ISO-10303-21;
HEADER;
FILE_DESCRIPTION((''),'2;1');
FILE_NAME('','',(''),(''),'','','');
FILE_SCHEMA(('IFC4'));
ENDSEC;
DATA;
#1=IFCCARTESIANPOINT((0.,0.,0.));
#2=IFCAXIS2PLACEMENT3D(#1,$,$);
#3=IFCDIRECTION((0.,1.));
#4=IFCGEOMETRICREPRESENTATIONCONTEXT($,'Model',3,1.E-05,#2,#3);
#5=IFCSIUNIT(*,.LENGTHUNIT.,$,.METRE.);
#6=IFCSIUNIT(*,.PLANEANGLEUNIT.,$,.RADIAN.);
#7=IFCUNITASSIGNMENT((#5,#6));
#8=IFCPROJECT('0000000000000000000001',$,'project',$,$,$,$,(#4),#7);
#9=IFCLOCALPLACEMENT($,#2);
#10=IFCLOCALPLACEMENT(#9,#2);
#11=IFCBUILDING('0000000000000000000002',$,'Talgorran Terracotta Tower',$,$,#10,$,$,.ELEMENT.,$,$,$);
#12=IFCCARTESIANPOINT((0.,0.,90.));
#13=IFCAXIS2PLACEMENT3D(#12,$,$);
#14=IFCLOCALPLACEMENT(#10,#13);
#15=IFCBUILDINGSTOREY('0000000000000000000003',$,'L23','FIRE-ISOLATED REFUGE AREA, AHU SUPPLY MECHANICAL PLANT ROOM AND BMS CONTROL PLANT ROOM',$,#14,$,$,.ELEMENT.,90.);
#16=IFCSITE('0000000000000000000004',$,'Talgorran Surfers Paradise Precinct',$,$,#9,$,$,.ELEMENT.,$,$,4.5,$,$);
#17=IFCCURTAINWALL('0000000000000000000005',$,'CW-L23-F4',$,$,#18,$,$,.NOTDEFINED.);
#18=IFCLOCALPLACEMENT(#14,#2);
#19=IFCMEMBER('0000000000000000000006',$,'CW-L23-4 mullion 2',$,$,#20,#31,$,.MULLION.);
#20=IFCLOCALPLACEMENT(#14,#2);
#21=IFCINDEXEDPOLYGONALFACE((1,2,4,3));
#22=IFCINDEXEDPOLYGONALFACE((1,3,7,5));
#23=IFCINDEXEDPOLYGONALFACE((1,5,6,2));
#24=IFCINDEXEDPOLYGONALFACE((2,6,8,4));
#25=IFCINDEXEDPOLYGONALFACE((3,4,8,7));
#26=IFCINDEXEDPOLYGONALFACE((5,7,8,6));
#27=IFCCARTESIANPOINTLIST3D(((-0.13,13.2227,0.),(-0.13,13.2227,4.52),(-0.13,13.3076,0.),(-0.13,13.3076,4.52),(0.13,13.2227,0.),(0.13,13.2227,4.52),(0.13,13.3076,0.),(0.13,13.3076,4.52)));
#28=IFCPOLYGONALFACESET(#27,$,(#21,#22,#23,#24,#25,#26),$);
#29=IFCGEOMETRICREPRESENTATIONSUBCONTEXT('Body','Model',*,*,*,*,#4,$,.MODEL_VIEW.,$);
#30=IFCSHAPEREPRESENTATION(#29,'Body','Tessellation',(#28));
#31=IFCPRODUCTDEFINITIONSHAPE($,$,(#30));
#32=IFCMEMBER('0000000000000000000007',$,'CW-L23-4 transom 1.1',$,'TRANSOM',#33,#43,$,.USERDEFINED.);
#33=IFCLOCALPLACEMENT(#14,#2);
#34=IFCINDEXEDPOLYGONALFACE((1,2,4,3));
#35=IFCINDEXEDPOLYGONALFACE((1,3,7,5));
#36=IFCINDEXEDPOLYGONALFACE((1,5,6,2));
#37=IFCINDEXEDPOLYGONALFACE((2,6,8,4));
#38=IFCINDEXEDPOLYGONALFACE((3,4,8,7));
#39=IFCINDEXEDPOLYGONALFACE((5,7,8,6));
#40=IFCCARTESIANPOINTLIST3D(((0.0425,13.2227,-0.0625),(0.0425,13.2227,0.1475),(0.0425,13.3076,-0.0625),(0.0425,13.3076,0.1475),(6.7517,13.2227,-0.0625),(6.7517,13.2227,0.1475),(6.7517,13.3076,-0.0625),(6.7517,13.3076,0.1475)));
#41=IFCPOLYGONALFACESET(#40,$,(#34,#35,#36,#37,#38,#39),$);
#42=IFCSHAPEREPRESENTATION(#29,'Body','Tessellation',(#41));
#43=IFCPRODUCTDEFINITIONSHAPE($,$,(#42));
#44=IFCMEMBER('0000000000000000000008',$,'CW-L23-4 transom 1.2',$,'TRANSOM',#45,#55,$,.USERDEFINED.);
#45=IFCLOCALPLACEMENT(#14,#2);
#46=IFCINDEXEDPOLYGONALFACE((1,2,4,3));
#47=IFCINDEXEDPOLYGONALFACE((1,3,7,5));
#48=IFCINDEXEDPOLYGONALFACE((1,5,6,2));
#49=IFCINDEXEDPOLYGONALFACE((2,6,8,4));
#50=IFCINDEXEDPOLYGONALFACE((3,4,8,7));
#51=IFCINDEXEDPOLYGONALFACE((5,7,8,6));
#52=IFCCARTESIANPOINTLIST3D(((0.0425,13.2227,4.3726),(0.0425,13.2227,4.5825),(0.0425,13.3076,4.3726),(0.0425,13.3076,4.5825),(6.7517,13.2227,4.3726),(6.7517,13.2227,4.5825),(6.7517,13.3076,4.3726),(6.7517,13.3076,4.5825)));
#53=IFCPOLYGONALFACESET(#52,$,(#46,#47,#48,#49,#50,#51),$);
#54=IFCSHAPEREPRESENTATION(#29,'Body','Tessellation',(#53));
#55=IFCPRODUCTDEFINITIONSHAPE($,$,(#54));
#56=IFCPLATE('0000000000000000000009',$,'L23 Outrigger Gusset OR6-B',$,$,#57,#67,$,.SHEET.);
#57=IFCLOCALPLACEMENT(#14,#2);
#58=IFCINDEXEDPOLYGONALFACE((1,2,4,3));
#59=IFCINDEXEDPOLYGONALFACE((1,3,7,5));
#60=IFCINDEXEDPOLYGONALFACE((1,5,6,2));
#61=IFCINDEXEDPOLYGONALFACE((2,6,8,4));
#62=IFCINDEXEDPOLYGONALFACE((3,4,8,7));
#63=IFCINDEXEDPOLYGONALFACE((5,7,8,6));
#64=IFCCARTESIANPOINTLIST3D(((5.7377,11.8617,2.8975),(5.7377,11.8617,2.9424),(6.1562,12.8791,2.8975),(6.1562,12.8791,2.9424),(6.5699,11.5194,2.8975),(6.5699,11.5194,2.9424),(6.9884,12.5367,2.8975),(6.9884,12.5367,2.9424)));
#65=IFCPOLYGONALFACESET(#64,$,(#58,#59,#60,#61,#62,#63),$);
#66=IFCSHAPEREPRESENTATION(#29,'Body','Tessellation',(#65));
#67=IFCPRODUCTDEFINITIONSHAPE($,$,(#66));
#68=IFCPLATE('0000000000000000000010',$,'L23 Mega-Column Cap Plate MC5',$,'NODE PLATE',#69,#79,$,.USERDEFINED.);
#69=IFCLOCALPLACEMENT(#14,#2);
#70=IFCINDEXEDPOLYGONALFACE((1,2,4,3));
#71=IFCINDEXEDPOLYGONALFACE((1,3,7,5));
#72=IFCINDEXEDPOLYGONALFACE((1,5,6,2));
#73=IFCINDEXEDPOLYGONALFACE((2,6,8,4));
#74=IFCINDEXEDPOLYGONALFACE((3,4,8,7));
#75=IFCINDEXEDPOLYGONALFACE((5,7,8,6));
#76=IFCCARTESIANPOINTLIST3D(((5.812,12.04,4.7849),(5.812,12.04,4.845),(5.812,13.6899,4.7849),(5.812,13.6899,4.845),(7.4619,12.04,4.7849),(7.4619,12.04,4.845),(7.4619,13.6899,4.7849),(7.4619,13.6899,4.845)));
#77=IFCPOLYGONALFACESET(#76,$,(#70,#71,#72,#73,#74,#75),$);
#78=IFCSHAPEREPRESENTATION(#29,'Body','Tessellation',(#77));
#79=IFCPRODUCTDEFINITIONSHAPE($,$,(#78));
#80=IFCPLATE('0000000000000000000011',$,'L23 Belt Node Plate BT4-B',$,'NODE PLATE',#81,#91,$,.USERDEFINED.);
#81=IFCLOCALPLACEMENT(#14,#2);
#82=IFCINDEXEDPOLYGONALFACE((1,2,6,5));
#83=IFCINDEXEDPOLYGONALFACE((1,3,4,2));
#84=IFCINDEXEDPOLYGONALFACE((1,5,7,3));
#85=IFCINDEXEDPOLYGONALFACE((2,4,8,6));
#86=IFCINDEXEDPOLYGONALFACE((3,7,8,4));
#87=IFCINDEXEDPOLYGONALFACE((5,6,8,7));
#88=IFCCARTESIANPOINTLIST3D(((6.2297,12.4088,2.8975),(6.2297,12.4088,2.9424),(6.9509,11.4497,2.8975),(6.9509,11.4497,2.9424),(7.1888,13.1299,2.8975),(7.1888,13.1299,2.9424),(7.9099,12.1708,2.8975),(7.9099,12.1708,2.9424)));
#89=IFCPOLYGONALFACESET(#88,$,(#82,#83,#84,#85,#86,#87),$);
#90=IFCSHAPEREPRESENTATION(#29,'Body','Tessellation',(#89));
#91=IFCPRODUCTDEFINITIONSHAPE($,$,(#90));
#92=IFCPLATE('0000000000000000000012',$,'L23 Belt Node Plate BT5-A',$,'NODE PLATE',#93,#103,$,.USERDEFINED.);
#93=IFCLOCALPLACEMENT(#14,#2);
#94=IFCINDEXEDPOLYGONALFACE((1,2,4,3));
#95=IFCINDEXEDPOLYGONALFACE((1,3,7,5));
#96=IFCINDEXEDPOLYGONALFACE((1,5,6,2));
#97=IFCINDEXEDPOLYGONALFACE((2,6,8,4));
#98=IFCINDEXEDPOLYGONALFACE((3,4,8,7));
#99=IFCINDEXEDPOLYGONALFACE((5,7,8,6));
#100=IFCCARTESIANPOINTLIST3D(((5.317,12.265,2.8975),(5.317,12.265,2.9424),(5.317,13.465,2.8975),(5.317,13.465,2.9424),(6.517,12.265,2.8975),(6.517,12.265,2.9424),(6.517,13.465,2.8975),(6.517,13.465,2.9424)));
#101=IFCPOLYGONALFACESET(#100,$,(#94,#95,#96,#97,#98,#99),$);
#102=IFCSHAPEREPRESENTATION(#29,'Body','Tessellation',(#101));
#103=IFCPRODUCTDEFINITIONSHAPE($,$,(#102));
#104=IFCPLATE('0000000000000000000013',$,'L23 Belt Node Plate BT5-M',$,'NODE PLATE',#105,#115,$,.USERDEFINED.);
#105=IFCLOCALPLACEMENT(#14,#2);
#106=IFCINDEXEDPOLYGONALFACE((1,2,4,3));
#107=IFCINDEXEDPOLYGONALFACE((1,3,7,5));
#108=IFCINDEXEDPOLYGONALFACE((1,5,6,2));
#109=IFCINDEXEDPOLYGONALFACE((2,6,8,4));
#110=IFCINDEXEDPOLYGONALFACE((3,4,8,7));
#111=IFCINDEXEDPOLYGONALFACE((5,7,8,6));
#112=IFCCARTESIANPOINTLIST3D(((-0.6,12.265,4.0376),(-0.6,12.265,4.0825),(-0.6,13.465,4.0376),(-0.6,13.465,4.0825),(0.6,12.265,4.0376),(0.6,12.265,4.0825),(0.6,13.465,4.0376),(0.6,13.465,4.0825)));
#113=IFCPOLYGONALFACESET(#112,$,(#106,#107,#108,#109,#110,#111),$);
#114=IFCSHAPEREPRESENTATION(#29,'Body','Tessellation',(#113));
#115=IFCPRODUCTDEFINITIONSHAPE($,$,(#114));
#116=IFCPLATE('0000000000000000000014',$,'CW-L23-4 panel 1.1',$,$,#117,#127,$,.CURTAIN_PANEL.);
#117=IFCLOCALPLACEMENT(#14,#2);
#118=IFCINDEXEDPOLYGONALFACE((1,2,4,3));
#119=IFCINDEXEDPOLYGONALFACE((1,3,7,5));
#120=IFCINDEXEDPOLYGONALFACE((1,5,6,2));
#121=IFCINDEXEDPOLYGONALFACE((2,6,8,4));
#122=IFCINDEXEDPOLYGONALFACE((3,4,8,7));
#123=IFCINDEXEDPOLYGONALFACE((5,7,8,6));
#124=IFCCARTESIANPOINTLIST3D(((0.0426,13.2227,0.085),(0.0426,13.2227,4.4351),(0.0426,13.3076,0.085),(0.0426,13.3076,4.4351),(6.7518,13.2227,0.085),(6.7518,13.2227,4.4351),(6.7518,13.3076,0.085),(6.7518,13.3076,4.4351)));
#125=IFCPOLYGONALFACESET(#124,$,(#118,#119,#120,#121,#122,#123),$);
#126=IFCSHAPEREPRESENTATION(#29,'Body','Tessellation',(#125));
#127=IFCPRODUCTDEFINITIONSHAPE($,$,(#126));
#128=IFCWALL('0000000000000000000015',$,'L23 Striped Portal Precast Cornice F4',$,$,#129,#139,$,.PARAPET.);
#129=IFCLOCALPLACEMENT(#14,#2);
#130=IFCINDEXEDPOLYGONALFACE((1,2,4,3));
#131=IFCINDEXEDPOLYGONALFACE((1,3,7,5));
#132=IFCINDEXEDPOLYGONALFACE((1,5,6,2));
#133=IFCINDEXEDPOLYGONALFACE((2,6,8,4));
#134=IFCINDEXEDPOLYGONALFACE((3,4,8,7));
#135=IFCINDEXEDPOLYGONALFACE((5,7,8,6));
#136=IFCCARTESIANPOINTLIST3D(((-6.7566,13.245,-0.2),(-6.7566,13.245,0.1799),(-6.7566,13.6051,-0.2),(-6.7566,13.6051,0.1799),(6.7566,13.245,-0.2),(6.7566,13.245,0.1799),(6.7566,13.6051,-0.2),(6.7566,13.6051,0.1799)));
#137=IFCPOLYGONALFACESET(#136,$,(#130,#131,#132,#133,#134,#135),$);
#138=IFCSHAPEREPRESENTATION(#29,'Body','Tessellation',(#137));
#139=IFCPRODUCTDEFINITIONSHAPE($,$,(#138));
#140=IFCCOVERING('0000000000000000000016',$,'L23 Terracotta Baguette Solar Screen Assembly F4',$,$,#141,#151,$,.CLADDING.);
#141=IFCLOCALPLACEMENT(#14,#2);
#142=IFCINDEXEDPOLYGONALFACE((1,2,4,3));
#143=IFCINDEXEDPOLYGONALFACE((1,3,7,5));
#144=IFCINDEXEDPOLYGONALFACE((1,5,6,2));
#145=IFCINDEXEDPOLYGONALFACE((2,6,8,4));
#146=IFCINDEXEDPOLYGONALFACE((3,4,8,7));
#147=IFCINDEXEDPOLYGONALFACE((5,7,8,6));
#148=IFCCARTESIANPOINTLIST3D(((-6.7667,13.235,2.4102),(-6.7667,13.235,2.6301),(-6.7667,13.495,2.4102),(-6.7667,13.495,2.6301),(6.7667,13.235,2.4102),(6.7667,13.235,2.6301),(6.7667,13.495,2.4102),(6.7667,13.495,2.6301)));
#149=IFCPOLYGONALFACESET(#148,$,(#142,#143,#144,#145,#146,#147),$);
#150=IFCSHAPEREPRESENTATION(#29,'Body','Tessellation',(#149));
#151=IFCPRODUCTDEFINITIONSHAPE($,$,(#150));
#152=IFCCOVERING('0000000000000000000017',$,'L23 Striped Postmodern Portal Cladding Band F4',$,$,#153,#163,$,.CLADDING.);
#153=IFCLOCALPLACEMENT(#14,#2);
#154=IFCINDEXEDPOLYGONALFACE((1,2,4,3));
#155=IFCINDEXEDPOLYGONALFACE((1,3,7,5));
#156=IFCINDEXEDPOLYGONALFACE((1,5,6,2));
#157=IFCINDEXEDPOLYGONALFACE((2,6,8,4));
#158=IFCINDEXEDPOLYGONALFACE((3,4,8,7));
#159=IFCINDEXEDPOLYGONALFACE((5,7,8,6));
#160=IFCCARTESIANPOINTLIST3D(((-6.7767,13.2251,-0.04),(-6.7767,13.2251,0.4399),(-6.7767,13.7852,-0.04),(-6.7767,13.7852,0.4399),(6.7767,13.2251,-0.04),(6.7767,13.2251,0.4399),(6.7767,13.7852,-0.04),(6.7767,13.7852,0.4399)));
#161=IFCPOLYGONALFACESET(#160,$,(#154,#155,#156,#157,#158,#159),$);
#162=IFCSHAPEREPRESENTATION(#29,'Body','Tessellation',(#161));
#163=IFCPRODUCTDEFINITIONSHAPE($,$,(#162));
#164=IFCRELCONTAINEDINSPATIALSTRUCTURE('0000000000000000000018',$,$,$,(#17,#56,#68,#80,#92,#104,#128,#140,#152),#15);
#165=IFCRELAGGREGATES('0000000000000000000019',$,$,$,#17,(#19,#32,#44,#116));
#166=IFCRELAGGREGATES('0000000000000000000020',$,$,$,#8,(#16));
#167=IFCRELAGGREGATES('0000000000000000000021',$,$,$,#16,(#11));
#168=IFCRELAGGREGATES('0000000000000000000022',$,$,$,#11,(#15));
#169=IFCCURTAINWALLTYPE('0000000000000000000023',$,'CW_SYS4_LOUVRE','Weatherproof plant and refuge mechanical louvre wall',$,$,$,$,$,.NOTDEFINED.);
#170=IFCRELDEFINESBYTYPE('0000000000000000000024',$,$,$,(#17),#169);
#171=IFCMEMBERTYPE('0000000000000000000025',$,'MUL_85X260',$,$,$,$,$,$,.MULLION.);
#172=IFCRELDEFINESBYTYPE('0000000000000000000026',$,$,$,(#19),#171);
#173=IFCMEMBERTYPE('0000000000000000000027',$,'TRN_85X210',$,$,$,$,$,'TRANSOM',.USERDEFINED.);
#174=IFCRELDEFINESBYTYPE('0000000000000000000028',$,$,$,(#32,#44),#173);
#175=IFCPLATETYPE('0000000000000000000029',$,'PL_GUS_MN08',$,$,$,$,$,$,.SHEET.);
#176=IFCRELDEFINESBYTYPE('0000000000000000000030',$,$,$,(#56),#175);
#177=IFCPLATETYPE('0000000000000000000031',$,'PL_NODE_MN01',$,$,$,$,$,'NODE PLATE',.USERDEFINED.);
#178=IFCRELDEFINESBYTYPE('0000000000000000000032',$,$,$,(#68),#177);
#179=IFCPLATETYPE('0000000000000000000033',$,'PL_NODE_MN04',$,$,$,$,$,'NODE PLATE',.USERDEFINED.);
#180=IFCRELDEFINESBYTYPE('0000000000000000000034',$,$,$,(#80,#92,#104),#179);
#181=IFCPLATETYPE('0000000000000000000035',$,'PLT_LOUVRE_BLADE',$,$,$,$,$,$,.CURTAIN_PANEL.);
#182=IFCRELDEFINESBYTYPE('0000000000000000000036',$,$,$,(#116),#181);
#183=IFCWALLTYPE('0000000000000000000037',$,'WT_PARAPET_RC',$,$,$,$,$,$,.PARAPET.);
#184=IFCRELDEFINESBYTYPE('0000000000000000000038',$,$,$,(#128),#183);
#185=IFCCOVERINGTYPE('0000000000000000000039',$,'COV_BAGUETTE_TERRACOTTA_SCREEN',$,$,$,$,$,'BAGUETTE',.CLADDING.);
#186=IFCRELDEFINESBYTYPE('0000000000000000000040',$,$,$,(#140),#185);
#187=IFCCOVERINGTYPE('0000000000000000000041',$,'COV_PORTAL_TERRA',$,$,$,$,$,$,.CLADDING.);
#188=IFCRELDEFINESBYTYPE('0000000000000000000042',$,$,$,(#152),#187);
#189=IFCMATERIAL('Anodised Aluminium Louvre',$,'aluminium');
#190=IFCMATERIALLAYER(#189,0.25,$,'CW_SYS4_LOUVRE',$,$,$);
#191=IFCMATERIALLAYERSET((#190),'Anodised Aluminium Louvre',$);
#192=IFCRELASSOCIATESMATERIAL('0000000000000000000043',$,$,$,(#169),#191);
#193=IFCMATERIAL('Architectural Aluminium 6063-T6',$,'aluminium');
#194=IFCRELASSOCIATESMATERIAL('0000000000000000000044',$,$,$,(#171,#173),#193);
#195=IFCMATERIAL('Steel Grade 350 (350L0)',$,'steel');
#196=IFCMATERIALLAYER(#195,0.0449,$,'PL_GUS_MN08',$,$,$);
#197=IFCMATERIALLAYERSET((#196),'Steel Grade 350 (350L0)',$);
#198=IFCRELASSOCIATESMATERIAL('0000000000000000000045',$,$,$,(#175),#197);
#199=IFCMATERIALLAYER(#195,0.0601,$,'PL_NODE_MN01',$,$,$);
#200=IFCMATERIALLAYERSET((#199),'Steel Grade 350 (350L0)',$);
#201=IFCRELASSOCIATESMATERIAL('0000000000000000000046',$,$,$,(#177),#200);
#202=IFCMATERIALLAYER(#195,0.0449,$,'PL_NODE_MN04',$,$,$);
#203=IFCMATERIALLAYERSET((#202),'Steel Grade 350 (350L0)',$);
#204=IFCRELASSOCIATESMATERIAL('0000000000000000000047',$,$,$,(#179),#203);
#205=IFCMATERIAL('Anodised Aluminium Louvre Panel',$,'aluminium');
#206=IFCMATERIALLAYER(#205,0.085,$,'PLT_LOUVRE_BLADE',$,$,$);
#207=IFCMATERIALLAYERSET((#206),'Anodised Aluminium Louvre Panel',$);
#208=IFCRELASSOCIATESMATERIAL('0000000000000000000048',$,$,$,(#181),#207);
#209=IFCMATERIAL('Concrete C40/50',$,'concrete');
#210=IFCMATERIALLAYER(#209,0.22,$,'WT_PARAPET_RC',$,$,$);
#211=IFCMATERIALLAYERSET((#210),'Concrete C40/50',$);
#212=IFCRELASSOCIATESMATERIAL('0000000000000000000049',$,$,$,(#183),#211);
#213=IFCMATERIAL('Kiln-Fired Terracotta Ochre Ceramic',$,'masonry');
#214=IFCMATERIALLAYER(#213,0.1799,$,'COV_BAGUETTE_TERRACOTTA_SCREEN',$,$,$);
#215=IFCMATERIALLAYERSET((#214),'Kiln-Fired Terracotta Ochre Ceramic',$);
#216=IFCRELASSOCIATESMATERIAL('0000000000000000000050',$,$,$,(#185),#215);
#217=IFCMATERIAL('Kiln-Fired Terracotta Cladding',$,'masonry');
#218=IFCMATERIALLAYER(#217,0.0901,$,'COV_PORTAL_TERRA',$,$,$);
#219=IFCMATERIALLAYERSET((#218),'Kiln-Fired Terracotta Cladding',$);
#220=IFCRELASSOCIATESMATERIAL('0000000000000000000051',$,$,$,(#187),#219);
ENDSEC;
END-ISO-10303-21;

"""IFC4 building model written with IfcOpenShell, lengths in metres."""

from ifc_helpers import new_model, si_unit, direction, frame, frame_2d, origin, origin_2d, place, context, subcontext, project, spatial, rectangle, extrude, source, transform, mapped, material, layer, layer_set, material_profile, profile_set, type_object, type_shapes, element, aggregate, save


model = new_model("IFC4")

# Units and contexts
model_context = context("Model", 3, precision=1e-05, world=origin(), true_north=direction((0.0, 1.0)))
body_context = subcontext(model_context, "Body", "Model", "MODEL_VIEW")
ifc_project = project(units=[si_unit("LENGTHUNIT", "METRE"), si_unit("PLANEANGLEUNIT", "RADIAN")], contexts=[model_context])

# Site, building, storey
site_placement = place(None, origin())
site = spatial("IfcSite", under=ifc_project, at=site_placement, Name="Talgorran Surfers Paradise Precinct", CompositionType="ELEMENT", RefElevation=4.5)
building_placement = place(site_placement, origin())
building = spatial("IfcBuilding", under=site, at=building_placement, Name="Talgorran Terracotta Tower", CompositionType="ELEMENT")
storey_placement = place(building_placement, frame((0.0, 0.0, 90.0)))
storey = spatial("IfcBuildingStorey", under=building, at=storey_placement, Name="L23", Description="FIRE-ISOLATED REFUGE AREA, AHU SUPPLY MECHANICAL PLANT ROOM AND BMS CONTROL PLANT ROOM", CompositionType="ELEMENT", Elevation=90.0)

# Shared definitions
ifc_material_1 = material(Name="Steel Grade 350 (350L0)", Category="steel")

# Shared definitions
ifc_material_2 = material(Name="Anodised Aluminium Louvre", Category="aluminium")
ifc_layer_1 = layer(ifc_material_2, 0.25, Name="CW_SYS4_LOUVRE")
ifc_layer_set_1 = layer_set([ifc_layer_1], Name="Anodised Aluminium Louvre")
curtain_wall_type = type_object("IfcCurtainWallType", Name="CW_SYS4_LOUVRE", Description="Weatherproof plant and refuge mechanical louvre wall", PredefinedType="NOTDEFINED", material=ifc_layer_set_1)
ifc_material_3 = material(Name="Architectural Aluminium 6063-T6", Category="aluminium")
ifc_material_profile_1 = material_profile(ifc_material_3, rectangle(XDim=0.085, YDim=0.26, at=origin_2d()), Name="CWM85X260")
ifc_profile_set_1 = profile_set([ifc_material_profile_1], Name="Architectural Aluminium 6063-T6")
member_type_1 = type_object("IfcMemberType", Name="MUL_85X260", PredefinedType="MULLION", material=ifc_profile_set_1)

# Curtain wall, members
curtain_wall_1_placement = place(storey_placement, origin())
curtain_wall_1 = element("IfcCurtainWall", 1, at=curtain_wall_1_placement, inside=storey, type_object=curtain_wall_type, Name="CW-L23-F4", PredefinedType="NOTDEFINED")
member_1_placement = place(storey_placement, frame((0.0, 13.2651, 0.0), z_axis=(0.0, 0.0, 1.0), x_axis=(0.0, -1.0, 0.0)))
member_1 = element("IfcMember", 2, at=member_1_placement, type_object=member_type_1, Name="CW-L23-4 mullion 2", PredefinedType="MULLION", context=body_context, shape_type="SweptSolid", body=[
    extrude(rectangle(XDim=0.085, YDim=0.26, at=origin_2d()), origin(), (0.0, 0.0, 1.0), 4.52),
])
ifc_material_profile_2 = material_profile(ifc_material_3, rectangle(XDim=0.085, YDim=0.21, at=origin_2d()), Name="CWT85X210")
ifc_profile_set_2 = profile_set([ifc_material_profile_2], Name="Architectural Aluminium 6063-T6")
member_type_2 = type_object("IfcMemberType", Name="TRN_85X210", ElementType="TRANSOM", PredefinedType="USERDEFINED", material=ifc_profile_set_2)
member_2_placement = place(storey_placement, frame((6.7517, 13.2651, 0.0425), z_axis=(-1.0, 0.0, 0.0), x_axis=(0.0, -1.0, 0.0)))
member_2 = element("IfcMember", 3, at=member_2_placement, type_object=member_type_2, Name="CW-L23-4 transom 1.1", ObjectType="TRANSOM", PredefinedType="USERDEFINED", context=body_context, shape_type="SweptSolid", body=[
    extrude(rectangle(XDim=0.085, YDim=0.21, at=origin_2d()), origin(), (0.0, 0.0, 1.0), 6.7092),
])
member_3_placement = place(storey_placement, frame((6.7517, 13.2651, 4.4775), z_axis=(-1.0, 0.0, 0.0), x_axis=(0.0, -1.0, 0.0)))
member_3 = element("IfcMember", 4, at=member_3_placement, type_object=member_type_2, Name="CW-L23-4 transom 1.2", ObjectType="TRANSOM", PredefinedType="USERDEFINED", context=body_context, shape_type="SweptSolid", body=[
    extrude(rectangle(XDim=0.085, YDim=0.21, at=origin_2d()), origin(), (0.0, 0.0, 1.0), 6.7092),
])

# Plates
ifc_layer_2 = layer(ifc_material_1, 0.0449, Name="PL_GUS_MN08")
ifc_layer_set_2 = layer_set([ifc_layer_2], Name="Steel Grade 350 (350L0)")
plate_type_1 = type_object("IfcPlateType", Name="PL_GUS_MN08", PredefinedType="SHEET", material=ifc_layer_set_2)
plate_1_placement = place(storey_placement, frame((6.363, 12.1992, 2.8975), z_axis=(0.0, 0.0, 1.0), x_axis=(0.380425, 0.924812, 0.0)))
element("IfcPlate", 5, at=plate_1_placement, inside=storey, type_object=plate_type_1, Name="L23 Outrigger Gusset OR6-B", PredefinedType="SHEET", context=body_context, shape_type="SweptSolid", body=[
    extrude(rectangle(XDim=1.1001, YDim=0.8999, at=origin_2d()), origin(), (0.0, 0.0, 1.0), 0.0449),
])
ifc_layer_3 = layer(ifc_material_1, 0.0601, Name="PL_NODE_MN01")
ifc_layer_set_3 = layer_set([ifc_layer_3], Name="Steel Grade 350 (350L0)")
plate_type_2 = type_object("IfcPlateType", Name="PL_NODE_MN01", ElementType="NODE PLATE", PredefinedType="USERDEFINED", material=ifc_layer_set_3)
plate_2_placement = place(storey_placement, frame((6.637, 12.865, 4.7849), z_axis=(0.0, 0.0, 1.0), x_axis=(1.0, 0.0, 0.0)))
element("IfcPlate", 6, at=plate_2_placement, inside=storey, type_object=plate_type_2, Name="L23 Mega-Column Cap Plate MC5", ObjectType="NODE PLATE", PredefinedType="USERDEFINED", context=body_context, shape_type="SweptSolid", body=[
    extrude(rectangle(XDim=1.6499, YDim=1.6499, at=origin_2d()), origin(), (0.0, 0.0, 1.0), 0.0601),
])
ifc_layer_4 = layer(ifc_material_1, 0.0449, Name="PL_NODE_MN04")
ifc_layer_set_4 = layer_set([ifc_layer_4], Name="Steel Grade 350 (350L0)")
plate_type_3 = type_object("IfcPlateType", Name="PL_NODE_MN04", ElementType="NODE PLATE", PredefinedType="USERDEFINED", material=ifc_layer_set_4)
for number, where, z_axis, x_axis, name in (
    (7, (7.0698, 12.2898, 2.8975), (0.0, 0.0, 1.0), (-0.600978, 0.799265, 0.0), "L23 Belt Node Plate BT4-B"),
    (8, (5.917, 12.865, 2.8975), (0.0, 0.0, 1.0), (-1.0, 0.0, 0.0), "L23 Belt Node Plate BT5-A"),
    (9, (0.0, 12.865, 4.0376), (0.0, 0.0, 1.0), (-1.0, 0.0, 0.0), "L23 Belt Node Plate BT5-M"),
):
    element("IfcPlate", number, at=place(storey_placement, frame(where, z_axis=z_axis, x_axis=x_axis)), inside=storey, type_object=plate_type_3, Name=name, ObjectType="NODE PLATE", PredefinedType="USERDEFINED", context=body_context, shape_type="SweptSolid", body=[
        extrude(rectangle(XDim=1.2, YDim=1.2, at=origin_2d()), origin(), (0.0, 0.0, 1.0), 0.0449),
    ])

# Plate
ifc_material_4 = material(Name="Anodised Aluminium Louvre Panel", Category="aluminium")
ifc_layer_5 = layer(ifc_material_4, 0.085, Name="PLT_LOUVRE_BLADE")
ifc_layer_set_5 = layer_set([ifc_layer_5], Name="Anodised Aluminium Louvre Panel")
plate_type_4 = type_object("IfcPlateType", Name="PLT_LOUVRE_BLADE", PredefinedType="CURTAIN_PANEL", material=ifc_layer_set_5)
shared_shape = source(origin(), body_context, "Body", "SweptSolid", [
    extrude(rectangle(XDim=6.7092, YDim=0.085, at=origin_2d()), origin(), (0.0, 0.0, 1.0), 4.3501),
])
type_shapes(plate_type_4, [shared_shape])
plate_3_placement = place(storey_placement, frame((3.3972, 13.2651, 0.085), z_axis=(0.0, 0.0, 1.0), x_axis=(-1.0, 0.0, 0.0)))
plate_3 = element("IfcPlate", 10, at=plate_3_placement, type_object=plate_type_4, Name="CW-L23-4 panel 1.1", PredefinedType="CURTAIN_PANEL", context=body_context, shape_type="MappedRepresentation", body=[
    mapped(shared_shape, transform((0.0, 0.0, 0.0), scale=1.0)),
])
aggregate(curtain_wall_1, [member_1, member_2, member_3, plate_3])

# Wall
ifc_material_5 = material(Name="Concrete C40/50", Category="concrete")
ifc_layer_6 = layer(ifc_material_5, 0.22, Name="WT_PARAPET_RC")
ifc_layer_set_6 = layer_set([ifc_layer_6], Name="Concrete C40/50")
wall_type = type_object("IfcWallType", Name="WT_PARAPET_RC", PredefinedType="PARAPET", material=ifc_layer_set_6)
wall_placement = place(storey_placement, frame((6.7566, 13.425, -0.2), z_axis=(0.0, 0.0, 1.0), x_axis=(-1.0, 0.0, 0.0)))
element("IfcWall", 11, at=wall_placement, inside=storey, type_object=wall_type, Name="L23 Striped Portal Precast Cornice F4", PredefinedType="PARAPET", context=body_context, shape_type="SweptSolid", body=[
    extrude(rectangle(XDim=13.5132, YDim=0.3601, at=frame_2d((6.7566, 0.0))), origin(), (0.0, 0.0, 1.0), 0.3799),
])

# Coverings
ifc_material_6 = material(Name="Kiln-Fired Terracotta Ochre Ceramic", Category="masonry")
ifc_layer_7 = layer(ifc_material_6, 0.1799, Name="COV_BAGUETTE_TERRACOTTA_SCREEN")
ifc_layer_set_7 = layer_set([ifc_layer_7], Name="Kiln-Fired Terracotta Ochre Ceramic")
covering_type_1 = type_object("IfcCoveringType", Name="COV_BAGUETTE_TERRACOTTA_SCREEN", ElementType="BAGUETTE", PredefinedType="CLADDING", material=ifc_layer_set_7)
covering_1_placement = place(storey_placement, frame((0.0, 13.365, 2.4102), z_axis=(0.0, 0.0, 1.0), x_axis=(-1.0, 0.0, 0.0)))
element("IfcCovering", 12, at=covering_1_placement, inside=storey, type_object=covering_type_1, Name="L23 Terracotta Baguette Solar Screen Assembly F4", PredefinedType="CLADDING", context=body_context, shape_type="SweptSolid", body=[
    extrude(rectangle(XDim=13.5334, YDim=0.26, at=origin_2d()), origin(), (0.0, 0.0, 1.0), 0.22),
])
ifc_material_7 = material(Name="Kiln-Fired Terracotta Cladding", Category="masonry")
ifc_layer_8 = layer(ifc_material_7, 0.0901, Name="COV_PORTAL_TERRA")
ifc_layer_set_8 = layer_set([ifc_layer_8], Name="Kiln-Fired Terracotta Cladding")
covering_type_2 = type_object("IfcCoveringType", Name="COV_PORTAL_TERRA", PredefinedType="CLADDING", material=ifc_layer_set_8)
covering_2_placement = place(storey_placement, frame((0.0, 13.5051, -0.04), z_axis=(0.0, 0.0, 1.0), x_axis=(-1.0, 0.0, 0.0)))
element("IfcCovering", 13, at=covering_2_placement, inside=storey, type_object=covering_type_2, Name="L23 Striped Postmodern Portal Cladding Band F4", PredefinedType="CLADDING", context=body_context, shape_type="SweptSolid", body=[
    extrude(rectangle(XDim=13.5535, YDim=0.5601, at=origin_2d()), origin(), (0.0, 0.0, 1.0), 0.48),
])

save(model, "model.ifc")
